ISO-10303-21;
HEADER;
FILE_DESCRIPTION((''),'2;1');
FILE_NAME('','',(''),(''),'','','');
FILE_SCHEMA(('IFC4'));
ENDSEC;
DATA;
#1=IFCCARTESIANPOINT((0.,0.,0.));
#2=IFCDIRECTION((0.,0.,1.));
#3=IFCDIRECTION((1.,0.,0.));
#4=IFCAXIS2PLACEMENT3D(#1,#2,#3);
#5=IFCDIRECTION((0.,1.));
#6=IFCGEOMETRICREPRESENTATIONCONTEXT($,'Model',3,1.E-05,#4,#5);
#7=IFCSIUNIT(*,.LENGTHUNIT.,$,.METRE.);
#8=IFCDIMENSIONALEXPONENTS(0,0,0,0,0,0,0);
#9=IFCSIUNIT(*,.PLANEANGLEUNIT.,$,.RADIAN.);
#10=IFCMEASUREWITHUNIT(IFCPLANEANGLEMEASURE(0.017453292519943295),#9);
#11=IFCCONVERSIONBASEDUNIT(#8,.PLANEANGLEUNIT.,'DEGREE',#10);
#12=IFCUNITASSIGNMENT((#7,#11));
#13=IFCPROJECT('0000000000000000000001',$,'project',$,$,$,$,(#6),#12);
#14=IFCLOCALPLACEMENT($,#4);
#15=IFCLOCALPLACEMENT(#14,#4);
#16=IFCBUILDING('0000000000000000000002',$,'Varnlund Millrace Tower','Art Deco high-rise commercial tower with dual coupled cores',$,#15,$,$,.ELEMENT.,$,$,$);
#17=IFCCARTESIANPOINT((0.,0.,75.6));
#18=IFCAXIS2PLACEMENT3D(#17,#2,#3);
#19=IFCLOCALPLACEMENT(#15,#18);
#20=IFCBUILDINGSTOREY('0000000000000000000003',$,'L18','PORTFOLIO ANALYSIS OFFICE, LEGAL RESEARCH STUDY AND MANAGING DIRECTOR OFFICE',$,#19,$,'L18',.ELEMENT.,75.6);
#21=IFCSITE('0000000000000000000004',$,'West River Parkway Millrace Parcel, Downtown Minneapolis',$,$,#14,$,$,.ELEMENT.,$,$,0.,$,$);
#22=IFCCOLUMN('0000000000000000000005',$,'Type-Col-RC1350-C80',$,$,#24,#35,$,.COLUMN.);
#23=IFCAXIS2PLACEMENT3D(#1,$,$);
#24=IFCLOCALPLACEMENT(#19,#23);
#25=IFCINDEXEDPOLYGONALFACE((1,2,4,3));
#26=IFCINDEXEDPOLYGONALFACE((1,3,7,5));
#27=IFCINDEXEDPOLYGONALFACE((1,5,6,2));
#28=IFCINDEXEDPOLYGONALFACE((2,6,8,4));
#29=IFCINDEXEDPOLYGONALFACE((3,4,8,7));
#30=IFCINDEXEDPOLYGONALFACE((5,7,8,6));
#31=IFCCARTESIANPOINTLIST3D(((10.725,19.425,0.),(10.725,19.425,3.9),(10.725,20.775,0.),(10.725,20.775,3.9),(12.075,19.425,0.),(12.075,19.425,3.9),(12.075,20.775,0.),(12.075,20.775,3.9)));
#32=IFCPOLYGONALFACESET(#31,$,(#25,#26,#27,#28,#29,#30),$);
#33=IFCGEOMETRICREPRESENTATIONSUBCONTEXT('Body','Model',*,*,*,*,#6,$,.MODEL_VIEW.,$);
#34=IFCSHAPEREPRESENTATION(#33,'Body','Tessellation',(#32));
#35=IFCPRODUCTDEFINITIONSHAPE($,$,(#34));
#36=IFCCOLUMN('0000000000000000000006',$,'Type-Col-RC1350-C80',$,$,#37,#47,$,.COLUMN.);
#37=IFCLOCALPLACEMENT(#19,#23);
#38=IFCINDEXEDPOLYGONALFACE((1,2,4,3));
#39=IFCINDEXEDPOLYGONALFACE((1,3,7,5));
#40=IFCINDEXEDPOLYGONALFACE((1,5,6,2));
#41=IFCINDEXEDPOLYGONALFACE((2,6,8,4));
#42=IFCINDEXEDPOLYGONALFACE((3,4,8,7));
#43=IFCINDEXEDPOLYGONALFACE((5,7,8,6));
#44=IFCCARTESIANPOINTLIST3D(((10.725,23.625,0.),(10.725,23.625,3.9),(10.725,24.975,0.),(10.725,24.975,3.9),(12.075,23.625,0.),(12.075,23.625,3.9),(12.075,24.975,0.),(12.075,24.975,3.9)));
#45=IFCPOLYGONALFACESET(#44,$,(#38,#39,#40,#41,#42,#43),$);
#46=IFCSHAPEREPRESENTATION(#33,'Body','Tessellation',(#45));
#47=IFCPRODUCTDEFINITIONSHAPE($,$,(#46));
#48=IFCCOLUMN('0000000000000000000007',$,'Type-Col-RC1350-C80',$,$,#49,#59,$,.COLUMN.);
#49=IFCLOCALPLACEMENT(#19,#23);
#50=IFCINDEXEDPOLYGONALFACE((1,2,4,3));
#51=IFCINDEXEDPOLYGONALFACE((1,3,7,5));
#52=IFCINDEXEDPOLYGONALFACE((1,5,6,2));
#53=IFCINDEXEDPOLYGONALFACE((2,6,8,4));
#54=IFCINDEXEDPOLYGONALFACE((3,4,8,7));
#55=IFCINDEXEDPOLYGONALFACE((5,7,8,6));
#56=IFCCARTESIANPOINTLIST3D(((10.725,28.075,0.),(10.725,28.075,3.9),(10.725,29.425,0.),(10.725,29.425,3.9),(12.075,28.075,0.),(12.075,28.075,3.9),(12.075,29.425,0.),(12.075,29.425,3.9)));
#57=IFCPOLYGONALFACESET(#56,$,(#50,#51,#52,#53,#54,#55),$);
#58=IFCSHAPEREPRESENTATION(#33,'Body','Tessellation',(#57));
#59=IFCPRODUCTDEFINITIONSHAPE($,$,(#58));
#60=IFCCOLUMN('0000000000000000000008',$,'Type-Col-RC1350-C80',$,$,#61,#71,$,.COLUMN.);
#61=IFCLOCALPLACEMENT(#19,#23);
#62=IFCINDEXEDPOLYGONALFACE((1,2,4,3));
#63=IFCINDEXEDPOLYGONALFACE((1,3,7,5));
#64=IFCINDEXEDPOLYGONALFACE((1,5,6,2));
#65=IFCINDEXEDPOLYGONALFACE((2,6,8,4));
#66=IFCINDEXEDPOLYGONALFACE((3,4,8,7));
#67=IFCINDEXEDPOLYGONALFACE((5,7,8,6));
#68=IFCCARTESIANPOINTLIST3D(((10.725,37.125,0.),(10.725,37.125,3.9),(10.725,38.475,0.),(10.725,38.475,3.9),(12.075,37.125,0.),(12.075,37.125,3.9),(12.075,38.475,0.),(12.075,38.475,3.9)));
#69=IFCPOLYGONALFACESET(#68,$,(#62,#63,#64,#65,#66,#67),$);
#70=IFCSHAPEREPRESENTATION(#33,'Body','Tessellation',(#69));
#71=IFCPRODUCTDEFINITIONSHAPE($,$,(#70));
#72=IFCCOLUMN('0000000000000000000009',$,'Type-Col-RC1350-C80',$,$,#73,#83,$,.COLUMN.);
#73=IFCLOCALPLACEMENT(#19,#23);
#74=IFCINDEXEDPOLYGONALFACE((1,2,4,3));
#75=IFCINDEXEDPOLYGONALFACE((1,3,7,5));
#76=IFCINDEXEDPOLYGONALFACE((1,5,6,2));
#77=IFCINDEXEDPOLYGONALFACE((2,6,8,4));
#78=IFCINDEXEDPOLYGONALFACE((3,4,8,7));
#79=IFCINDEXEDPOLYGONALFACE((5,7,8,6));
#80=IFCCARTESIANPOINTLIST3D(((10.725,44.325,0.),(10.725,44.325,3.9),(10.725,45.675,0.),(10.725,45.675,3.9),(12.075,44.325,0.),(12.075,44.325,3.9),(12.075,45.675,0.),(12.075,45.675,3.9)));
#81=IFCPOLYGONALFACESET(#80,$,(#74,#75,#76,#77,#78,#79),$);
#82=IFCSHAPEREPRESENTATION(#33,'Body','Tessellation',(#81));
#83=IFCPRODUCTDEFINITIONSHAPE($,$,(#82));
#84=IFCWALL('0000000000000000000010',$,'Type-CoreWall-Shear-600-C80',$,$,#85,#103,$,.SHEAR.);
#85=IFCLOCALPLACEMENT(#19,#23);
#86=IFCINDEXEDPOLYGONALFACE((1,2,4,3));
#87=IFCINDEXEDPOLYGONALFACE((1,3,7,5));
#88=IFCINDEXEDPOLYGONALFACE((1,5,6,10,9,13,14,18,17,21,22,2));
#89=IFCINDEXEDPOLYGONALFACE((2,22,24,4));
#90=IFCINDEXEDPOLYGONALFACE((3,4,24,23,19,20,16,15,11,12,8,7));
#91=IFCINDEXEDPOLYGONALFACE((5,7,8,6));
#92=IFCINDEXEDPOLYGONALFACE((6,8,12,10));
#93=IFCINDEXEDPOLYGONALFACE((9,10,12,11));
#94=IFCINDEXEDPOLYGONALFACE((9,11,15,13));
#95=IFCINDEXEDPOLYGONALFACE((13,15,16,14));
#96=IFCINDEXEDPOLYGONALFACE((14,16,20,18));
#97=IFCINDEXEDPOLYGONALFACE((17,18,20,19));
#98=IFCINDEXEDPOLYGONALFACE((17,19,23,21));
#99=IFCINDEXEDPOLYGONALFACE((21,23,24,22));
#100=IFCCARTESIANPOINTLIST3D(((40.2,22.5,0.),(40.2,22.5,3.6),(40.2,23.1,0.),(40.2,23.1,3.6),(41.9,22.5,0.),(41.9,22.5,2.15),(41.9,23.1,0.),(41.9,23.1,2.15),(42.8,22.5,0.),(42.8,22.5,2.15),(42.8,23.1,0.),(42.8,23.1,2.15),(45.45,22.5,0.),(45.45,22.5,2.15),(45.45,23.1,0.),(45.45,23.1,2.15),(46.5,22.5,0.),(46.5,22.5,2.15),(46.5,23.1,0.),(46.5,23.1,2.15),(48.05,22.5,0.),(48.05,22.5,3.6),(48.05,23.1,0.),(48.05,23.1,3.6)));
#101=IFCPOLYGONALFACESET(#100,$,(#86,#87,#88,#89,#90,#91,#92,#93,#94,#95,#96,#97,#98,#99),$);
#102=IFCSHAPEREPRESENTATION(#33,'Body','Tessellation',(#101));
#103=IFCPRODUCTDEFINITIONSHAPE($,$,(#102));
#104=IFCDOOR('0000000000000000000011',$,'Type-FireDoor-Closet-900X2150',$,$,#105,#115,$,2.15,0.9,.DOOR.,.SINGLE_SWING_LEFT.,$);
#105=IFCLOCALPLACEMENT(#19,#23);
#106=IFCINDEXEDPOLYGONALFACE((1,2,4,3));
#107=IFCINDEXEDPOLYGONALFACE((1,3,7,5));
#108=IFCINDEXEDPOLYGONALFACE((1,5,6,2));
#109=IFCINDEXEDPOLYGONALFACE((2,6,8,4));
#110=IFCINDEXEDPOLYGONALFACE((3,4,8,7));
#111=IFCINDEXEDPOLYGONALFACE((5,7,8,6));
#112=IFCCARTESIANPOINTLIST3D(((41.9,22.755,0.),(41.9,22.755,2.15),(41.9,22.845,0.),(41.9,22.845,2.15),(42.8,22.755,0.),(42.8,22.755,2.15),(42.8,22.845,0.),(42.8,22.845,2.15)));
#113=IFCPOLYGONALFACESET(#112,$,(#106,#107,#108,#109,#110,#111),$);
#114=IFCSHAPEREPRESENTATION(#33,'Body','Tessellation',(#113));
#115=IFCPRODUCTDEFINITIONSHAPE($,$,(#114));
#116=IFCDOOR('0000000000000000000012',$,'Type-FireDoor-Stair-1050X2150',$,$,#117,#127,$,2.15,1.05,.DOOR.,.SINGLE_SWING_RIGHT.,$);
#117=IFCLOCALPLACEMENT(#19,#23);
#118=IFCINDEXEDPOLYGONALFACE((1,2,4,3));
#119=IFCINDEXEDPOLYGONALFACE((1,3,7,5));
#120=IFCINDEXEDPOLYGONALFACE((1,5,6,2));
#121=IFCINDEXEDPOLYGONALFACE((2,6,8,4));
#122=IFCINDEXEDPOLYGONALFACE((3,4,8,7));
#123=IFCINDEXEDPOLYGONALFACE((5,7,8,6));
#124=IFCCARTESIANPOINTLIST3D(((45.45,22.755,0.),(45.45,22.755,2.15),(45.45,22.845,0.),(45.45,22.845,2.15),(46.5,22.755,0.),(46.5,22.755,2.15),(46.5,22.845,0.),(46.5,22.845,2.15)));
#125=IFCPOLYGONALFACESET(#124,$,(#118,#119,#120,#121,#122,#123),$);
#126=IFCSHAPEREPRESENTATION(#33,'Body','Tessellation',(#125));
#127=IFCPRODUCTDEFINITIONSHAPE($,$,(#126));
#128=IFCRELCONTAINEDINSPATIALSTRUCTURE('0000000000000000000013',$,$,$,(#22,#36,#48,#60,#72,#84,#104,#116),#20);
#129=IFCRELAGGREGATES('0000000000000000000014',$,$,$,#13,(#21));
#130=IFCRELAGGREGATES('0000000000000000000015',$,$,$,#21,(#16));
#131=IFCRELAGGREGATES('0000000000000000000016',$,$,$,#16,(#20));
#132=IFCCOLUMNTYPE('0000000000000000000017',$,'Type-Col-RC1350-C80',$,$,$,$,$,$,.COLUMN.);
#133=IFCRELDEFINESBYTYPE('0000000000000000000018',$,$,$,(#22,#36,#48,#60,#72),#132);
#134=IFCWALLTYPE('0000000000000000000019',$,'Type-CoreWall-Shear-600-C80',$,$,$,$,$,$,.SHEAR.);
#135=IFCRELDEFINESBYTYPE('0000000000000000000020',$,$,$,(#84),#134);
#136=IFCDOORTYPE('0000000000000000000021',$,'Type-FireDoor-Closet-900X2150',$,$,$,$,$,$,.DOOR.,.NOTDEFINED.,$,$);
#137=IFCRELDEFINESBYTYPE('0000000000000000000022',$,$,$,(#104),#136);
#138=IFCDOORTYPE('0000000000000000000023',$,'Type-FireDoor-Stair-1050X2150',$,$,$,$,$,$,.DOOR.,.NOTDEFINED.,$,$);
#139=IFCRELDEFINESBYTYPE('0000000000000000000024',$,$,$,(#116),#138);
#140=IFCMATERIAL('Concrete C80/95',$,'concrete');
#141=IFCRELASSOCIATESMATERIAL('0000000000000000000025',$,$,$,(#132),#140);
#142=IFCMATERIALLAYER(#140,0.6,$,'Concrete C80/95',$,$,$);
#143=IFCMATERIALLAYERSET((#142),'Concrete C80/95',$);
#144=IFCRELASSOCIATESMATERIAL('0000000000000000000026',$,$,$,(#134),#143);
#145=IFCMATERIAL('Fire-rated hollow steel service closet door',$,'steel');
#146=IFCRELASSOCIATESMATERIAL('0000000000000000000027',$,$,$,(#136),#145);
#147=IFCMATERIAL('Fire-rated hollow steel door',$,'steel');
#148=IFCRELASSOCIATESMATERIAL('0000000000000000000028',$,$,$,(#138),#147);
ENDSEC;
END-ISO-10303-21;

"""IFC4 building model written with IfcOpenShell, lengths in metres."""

from ifc_helpers import new_model, entity, si_unit, converted_unit, direction, frame, origin_with_axes, origin_2d_with_axis, place, context, subcontext, project, spatial, polyline, rectangle, outline, extrude, material, layer, layer_set, material_profile, profile_set, type_object, element, fill, save


model = new_model("IFC4")

# Units and contexts
model_context = context("Model", 3, precision=1e-05, world=origin_with_axes(), true_north=direction((0.0, 1.0)))
body_context = subcontext(model_context, "Body", "Model", "MODEL_VIEW")
ifc_project = project(units=[si_unit("LENGTHUNIT", "METRE"), converted_unit("PLANEANGLEUNIT", "DEGREE", entity("IfcPlaneAngleMeasure", 0.017453292519943295), si_unit("PLANEANGLEUNIT", "RADIAN"), dimensions=[0, 0, 0, 0, 0, 0, 0])], contexts=[model_context])

# Site, building, storey
site_placement = place(None, origin_with_axes())
site = spatial("IfcSite", under=ifc_project, at=site_placement, Name="West River Parkway Millrace Parcel, Downtown Minneapolis", CompositionType="ELEMENT", RefElevation=0.0)
building_placement = place(site_placement, origin_with_axes())
building = spatial("IfcBuilding", under=site, at=building_placement, Name="Varnlund Millrace Tower", Description="Art Deco high-rise commercial tower with dual coupled cores", CompositionType="ELEMENT")
storey_placement = place(building_placement, frame((0.0, 0.0, 75.6), z_axis=(0.0, 0.0, 1.0), x_axis=(1.0, 0.0, 0.0)))
storey = spatial("IfcBuildingStorey", under=building, at=storey_placement, Name="L18", Description="PORTFOLIO ANALYSIS OFFICE, LEGAL RESEARCH STUDY AND MANAGING DIRECTOR OFFICE", LongName="L18", CompositionType="ELEMENT", Elevation=75.6)

# Columns
ifc_material_1 = material(Name="Concrete C80/95", Category="concrete")
ifc_material_profile = material_profile(ifc_material_1, rectangle(XDim=1.35, YDim=1.35, at=origin_2d_with_axis()), Name="Concrete C80/95")
ifc_profile_set = profile_set([ifc_material_profile], Name="Concrete C80/95")
column_type = type_object("IfcColumnType", Name="Type-Col-RC1350-C80", PredefinedType="COLUMN", material=ifc_profile_set)
for number, where, z_axis, x_axis, name in (
    (1, (11.4, 20.1, 0.0), (0.0, 0.0, 1.0), (1.0, 0.0, 0.0), "Type-Col-RC1350-C80"),
    (2, (11.4, 24.3, 0.0), (0.0, 0.0, 1.0), (1.0, 0.0, 0.0), "Type-Col-RC1350-C80"),
    (3, (11.4, 28.75, 0.0), (0.0, 0.0, 1.0), (1.0, 0.0, 0.0), "Type-Col-RC1350-C80"),
    (4, (11.4, 37.8, 0.0), (0.0, 0.0, 1.0), (1.0, 0.0, 0.0), "Type-Col-RC1350-C80"),
    (5, (11.4, 45.0, 0.0), (0.0, 0.0, 1.0), (1.0, 0.0, 0.0), "Type-Col-RC1350-C80"),
):
    element("IfcColumn", number, at=place(storey_placement, frame(where, z_axis=z_axis, x_axis=x_axis)), inside=storey, type_object=column_type, Name=name, PredefinedType="COLUMN", context=body_context, shape_type="SweptSolid", body=[
        extrude(rectangle(XDim=1.35, YDim=1.35, at=origin_2d_with_axis()), origin_with_axes(), (0.0, 0.0, 1.0), 3.9),
    ])

# Wall, openings, doors
ifc_layer_1 = layer(ifc_material_1, 0.6, Name="Concrete C80/95")
ifc_layer_set_1 = layer_set([ifc_layer_1], Name="Concrete C80/95")
wall_type_1 = type_object("IfcWallType", Name="Type-CoreWall-Shear-600-C80", PredefinedType="SHEAR", material=ifc_layer_set_1)
wall_1_placement = place(storey_placement, frame((40.2, 22.8, 0.0), z_axis=(0.0, 0.0, 1.0), x_axis=(1.0, 0.0, 0.0)))
wall_1 = element("IfcWall", 6, at=wall_1_placement, inside=storey, type_object=wall_type_1, Name="Type-CoreWall-Shear-600-C80", PredefinedType="SHEAR", context=body_context, shape_type="SweptSolid", body=[
    extrude(outline(polyline([(0.0, -0.3), (7.85, -0.3), (7.85, 0.3), (0.0, 0.3), (0.0, -0.3)])), origin_with_axes(), (0.0, 0.0, 1.0), 3.6),
])
opening_1_placement = place(wall_1_placement, frame((5.775, 0.0, 0.0), z_axis=(0.0, 0.0, 1.0), x_axis=(1.0, 0.0, 0.0)))
opening_1 = element("IfcOpeningElement", 7, at=opening_1_placement, cuts=wall_1, PredefinedType="OPENING", context=body_context, shape_type="SweptSolid", body=[
    extrude(rectangle(XDim=1.05, YDim=0.62, at=origin_2d_with_axis()), origin_with_axes(), (0.0, 0.0, 1.0), 2.15),
])
opening_2_placement = place(wall_1_placement, frame((2.15, 0.0, 0.0), z_axis=(0.0, 0.0, 1.0), x_axis=(1.0, 0.0, 0.0)))
opening_2 = element("IfcOpeningElement", 8, at=opening_2_placement, cuts=wall_1, PredefinedType="OPENING", context=body_context, shape_type="SweptSolid", body=[
    extrude(rectangle(XDim=0.9, YDim=0.62, at=origin_2d_with_axis()), origin_with_axes(), (0.0, 0.0, 1.0), 2.15),
])
ifc_material_2 = material(Name="Fire-rated hollow steel service closet door", Category="steel")
door_type_1 = type_object("IfcDoorType", Name="Type-FireDoor-Closet-900X2150", OperationType="NOTDEFINED", PredefinedType="DOOR", material=ifc_material_2)
door_1_placement = place(wall_1_placement, frame((2.15, 0.0, 0.0), z_axis=(0.0, 0.0, 1.0), x_axis=(1.0, 0.0, 0.0)))
door_1 = element("IfcDoor", 9, at=door_1_placement, inside=storey, type_object=door_type_1, Name="Type-FireDoor-Closet-900X2150", OperationType="SINGLE_SWING_LEFT", OverallHeight=2.15, OverallWidth=0.9, PredefinedType="DOOR", context=body_context, shape_type="SweptSolid", body=[
    extrude(rectangle(XDim=0.9, YDim=0.09, at=origin_2d_with_axis()), origin_with_axes(), (0.0, 0.0, 1.0), 2.15),
])
fill(opening_2, door_1)
ifc_material_3 = material(Name="Fire-rated hollow steel door", Category="steel")
door_type_2 = type_object("IfcDoorType", Name="Type-FireDoor-Stair-1050X2150", OperationType="NOTDEFINED", PredefinedType="DOOR", material=ifc_material_3)
door_2_placement = place(wall_1_placement, frame((5.775, 0.0, 0.0), z_axis=(0.0, 0.0, 1.0), x_axis=(1.0, 0.0, 0.0)))
door_2 = element("IfcDoor", 10, at=door_2_placement, inside=storey, type_object=door_type_2, Name="Type-FireDoor-Stair-1050X2150", OperationType="SINGLE_SWING_RIGHT", OverallHeight=2.15, OverallWidth=1.05, PredefinedType="DOOR", context=body_context, shape_type="SweptSolid", body=[
    extrude(rectangle(XDim=1.05, YDim=0.09, at=origin_2d_with_axis()), origin_with_axes(), (0.0, 0.0, 1.0), 2.15),
])
fill(opening_1, door_2)

save(model, "model.ifc")
